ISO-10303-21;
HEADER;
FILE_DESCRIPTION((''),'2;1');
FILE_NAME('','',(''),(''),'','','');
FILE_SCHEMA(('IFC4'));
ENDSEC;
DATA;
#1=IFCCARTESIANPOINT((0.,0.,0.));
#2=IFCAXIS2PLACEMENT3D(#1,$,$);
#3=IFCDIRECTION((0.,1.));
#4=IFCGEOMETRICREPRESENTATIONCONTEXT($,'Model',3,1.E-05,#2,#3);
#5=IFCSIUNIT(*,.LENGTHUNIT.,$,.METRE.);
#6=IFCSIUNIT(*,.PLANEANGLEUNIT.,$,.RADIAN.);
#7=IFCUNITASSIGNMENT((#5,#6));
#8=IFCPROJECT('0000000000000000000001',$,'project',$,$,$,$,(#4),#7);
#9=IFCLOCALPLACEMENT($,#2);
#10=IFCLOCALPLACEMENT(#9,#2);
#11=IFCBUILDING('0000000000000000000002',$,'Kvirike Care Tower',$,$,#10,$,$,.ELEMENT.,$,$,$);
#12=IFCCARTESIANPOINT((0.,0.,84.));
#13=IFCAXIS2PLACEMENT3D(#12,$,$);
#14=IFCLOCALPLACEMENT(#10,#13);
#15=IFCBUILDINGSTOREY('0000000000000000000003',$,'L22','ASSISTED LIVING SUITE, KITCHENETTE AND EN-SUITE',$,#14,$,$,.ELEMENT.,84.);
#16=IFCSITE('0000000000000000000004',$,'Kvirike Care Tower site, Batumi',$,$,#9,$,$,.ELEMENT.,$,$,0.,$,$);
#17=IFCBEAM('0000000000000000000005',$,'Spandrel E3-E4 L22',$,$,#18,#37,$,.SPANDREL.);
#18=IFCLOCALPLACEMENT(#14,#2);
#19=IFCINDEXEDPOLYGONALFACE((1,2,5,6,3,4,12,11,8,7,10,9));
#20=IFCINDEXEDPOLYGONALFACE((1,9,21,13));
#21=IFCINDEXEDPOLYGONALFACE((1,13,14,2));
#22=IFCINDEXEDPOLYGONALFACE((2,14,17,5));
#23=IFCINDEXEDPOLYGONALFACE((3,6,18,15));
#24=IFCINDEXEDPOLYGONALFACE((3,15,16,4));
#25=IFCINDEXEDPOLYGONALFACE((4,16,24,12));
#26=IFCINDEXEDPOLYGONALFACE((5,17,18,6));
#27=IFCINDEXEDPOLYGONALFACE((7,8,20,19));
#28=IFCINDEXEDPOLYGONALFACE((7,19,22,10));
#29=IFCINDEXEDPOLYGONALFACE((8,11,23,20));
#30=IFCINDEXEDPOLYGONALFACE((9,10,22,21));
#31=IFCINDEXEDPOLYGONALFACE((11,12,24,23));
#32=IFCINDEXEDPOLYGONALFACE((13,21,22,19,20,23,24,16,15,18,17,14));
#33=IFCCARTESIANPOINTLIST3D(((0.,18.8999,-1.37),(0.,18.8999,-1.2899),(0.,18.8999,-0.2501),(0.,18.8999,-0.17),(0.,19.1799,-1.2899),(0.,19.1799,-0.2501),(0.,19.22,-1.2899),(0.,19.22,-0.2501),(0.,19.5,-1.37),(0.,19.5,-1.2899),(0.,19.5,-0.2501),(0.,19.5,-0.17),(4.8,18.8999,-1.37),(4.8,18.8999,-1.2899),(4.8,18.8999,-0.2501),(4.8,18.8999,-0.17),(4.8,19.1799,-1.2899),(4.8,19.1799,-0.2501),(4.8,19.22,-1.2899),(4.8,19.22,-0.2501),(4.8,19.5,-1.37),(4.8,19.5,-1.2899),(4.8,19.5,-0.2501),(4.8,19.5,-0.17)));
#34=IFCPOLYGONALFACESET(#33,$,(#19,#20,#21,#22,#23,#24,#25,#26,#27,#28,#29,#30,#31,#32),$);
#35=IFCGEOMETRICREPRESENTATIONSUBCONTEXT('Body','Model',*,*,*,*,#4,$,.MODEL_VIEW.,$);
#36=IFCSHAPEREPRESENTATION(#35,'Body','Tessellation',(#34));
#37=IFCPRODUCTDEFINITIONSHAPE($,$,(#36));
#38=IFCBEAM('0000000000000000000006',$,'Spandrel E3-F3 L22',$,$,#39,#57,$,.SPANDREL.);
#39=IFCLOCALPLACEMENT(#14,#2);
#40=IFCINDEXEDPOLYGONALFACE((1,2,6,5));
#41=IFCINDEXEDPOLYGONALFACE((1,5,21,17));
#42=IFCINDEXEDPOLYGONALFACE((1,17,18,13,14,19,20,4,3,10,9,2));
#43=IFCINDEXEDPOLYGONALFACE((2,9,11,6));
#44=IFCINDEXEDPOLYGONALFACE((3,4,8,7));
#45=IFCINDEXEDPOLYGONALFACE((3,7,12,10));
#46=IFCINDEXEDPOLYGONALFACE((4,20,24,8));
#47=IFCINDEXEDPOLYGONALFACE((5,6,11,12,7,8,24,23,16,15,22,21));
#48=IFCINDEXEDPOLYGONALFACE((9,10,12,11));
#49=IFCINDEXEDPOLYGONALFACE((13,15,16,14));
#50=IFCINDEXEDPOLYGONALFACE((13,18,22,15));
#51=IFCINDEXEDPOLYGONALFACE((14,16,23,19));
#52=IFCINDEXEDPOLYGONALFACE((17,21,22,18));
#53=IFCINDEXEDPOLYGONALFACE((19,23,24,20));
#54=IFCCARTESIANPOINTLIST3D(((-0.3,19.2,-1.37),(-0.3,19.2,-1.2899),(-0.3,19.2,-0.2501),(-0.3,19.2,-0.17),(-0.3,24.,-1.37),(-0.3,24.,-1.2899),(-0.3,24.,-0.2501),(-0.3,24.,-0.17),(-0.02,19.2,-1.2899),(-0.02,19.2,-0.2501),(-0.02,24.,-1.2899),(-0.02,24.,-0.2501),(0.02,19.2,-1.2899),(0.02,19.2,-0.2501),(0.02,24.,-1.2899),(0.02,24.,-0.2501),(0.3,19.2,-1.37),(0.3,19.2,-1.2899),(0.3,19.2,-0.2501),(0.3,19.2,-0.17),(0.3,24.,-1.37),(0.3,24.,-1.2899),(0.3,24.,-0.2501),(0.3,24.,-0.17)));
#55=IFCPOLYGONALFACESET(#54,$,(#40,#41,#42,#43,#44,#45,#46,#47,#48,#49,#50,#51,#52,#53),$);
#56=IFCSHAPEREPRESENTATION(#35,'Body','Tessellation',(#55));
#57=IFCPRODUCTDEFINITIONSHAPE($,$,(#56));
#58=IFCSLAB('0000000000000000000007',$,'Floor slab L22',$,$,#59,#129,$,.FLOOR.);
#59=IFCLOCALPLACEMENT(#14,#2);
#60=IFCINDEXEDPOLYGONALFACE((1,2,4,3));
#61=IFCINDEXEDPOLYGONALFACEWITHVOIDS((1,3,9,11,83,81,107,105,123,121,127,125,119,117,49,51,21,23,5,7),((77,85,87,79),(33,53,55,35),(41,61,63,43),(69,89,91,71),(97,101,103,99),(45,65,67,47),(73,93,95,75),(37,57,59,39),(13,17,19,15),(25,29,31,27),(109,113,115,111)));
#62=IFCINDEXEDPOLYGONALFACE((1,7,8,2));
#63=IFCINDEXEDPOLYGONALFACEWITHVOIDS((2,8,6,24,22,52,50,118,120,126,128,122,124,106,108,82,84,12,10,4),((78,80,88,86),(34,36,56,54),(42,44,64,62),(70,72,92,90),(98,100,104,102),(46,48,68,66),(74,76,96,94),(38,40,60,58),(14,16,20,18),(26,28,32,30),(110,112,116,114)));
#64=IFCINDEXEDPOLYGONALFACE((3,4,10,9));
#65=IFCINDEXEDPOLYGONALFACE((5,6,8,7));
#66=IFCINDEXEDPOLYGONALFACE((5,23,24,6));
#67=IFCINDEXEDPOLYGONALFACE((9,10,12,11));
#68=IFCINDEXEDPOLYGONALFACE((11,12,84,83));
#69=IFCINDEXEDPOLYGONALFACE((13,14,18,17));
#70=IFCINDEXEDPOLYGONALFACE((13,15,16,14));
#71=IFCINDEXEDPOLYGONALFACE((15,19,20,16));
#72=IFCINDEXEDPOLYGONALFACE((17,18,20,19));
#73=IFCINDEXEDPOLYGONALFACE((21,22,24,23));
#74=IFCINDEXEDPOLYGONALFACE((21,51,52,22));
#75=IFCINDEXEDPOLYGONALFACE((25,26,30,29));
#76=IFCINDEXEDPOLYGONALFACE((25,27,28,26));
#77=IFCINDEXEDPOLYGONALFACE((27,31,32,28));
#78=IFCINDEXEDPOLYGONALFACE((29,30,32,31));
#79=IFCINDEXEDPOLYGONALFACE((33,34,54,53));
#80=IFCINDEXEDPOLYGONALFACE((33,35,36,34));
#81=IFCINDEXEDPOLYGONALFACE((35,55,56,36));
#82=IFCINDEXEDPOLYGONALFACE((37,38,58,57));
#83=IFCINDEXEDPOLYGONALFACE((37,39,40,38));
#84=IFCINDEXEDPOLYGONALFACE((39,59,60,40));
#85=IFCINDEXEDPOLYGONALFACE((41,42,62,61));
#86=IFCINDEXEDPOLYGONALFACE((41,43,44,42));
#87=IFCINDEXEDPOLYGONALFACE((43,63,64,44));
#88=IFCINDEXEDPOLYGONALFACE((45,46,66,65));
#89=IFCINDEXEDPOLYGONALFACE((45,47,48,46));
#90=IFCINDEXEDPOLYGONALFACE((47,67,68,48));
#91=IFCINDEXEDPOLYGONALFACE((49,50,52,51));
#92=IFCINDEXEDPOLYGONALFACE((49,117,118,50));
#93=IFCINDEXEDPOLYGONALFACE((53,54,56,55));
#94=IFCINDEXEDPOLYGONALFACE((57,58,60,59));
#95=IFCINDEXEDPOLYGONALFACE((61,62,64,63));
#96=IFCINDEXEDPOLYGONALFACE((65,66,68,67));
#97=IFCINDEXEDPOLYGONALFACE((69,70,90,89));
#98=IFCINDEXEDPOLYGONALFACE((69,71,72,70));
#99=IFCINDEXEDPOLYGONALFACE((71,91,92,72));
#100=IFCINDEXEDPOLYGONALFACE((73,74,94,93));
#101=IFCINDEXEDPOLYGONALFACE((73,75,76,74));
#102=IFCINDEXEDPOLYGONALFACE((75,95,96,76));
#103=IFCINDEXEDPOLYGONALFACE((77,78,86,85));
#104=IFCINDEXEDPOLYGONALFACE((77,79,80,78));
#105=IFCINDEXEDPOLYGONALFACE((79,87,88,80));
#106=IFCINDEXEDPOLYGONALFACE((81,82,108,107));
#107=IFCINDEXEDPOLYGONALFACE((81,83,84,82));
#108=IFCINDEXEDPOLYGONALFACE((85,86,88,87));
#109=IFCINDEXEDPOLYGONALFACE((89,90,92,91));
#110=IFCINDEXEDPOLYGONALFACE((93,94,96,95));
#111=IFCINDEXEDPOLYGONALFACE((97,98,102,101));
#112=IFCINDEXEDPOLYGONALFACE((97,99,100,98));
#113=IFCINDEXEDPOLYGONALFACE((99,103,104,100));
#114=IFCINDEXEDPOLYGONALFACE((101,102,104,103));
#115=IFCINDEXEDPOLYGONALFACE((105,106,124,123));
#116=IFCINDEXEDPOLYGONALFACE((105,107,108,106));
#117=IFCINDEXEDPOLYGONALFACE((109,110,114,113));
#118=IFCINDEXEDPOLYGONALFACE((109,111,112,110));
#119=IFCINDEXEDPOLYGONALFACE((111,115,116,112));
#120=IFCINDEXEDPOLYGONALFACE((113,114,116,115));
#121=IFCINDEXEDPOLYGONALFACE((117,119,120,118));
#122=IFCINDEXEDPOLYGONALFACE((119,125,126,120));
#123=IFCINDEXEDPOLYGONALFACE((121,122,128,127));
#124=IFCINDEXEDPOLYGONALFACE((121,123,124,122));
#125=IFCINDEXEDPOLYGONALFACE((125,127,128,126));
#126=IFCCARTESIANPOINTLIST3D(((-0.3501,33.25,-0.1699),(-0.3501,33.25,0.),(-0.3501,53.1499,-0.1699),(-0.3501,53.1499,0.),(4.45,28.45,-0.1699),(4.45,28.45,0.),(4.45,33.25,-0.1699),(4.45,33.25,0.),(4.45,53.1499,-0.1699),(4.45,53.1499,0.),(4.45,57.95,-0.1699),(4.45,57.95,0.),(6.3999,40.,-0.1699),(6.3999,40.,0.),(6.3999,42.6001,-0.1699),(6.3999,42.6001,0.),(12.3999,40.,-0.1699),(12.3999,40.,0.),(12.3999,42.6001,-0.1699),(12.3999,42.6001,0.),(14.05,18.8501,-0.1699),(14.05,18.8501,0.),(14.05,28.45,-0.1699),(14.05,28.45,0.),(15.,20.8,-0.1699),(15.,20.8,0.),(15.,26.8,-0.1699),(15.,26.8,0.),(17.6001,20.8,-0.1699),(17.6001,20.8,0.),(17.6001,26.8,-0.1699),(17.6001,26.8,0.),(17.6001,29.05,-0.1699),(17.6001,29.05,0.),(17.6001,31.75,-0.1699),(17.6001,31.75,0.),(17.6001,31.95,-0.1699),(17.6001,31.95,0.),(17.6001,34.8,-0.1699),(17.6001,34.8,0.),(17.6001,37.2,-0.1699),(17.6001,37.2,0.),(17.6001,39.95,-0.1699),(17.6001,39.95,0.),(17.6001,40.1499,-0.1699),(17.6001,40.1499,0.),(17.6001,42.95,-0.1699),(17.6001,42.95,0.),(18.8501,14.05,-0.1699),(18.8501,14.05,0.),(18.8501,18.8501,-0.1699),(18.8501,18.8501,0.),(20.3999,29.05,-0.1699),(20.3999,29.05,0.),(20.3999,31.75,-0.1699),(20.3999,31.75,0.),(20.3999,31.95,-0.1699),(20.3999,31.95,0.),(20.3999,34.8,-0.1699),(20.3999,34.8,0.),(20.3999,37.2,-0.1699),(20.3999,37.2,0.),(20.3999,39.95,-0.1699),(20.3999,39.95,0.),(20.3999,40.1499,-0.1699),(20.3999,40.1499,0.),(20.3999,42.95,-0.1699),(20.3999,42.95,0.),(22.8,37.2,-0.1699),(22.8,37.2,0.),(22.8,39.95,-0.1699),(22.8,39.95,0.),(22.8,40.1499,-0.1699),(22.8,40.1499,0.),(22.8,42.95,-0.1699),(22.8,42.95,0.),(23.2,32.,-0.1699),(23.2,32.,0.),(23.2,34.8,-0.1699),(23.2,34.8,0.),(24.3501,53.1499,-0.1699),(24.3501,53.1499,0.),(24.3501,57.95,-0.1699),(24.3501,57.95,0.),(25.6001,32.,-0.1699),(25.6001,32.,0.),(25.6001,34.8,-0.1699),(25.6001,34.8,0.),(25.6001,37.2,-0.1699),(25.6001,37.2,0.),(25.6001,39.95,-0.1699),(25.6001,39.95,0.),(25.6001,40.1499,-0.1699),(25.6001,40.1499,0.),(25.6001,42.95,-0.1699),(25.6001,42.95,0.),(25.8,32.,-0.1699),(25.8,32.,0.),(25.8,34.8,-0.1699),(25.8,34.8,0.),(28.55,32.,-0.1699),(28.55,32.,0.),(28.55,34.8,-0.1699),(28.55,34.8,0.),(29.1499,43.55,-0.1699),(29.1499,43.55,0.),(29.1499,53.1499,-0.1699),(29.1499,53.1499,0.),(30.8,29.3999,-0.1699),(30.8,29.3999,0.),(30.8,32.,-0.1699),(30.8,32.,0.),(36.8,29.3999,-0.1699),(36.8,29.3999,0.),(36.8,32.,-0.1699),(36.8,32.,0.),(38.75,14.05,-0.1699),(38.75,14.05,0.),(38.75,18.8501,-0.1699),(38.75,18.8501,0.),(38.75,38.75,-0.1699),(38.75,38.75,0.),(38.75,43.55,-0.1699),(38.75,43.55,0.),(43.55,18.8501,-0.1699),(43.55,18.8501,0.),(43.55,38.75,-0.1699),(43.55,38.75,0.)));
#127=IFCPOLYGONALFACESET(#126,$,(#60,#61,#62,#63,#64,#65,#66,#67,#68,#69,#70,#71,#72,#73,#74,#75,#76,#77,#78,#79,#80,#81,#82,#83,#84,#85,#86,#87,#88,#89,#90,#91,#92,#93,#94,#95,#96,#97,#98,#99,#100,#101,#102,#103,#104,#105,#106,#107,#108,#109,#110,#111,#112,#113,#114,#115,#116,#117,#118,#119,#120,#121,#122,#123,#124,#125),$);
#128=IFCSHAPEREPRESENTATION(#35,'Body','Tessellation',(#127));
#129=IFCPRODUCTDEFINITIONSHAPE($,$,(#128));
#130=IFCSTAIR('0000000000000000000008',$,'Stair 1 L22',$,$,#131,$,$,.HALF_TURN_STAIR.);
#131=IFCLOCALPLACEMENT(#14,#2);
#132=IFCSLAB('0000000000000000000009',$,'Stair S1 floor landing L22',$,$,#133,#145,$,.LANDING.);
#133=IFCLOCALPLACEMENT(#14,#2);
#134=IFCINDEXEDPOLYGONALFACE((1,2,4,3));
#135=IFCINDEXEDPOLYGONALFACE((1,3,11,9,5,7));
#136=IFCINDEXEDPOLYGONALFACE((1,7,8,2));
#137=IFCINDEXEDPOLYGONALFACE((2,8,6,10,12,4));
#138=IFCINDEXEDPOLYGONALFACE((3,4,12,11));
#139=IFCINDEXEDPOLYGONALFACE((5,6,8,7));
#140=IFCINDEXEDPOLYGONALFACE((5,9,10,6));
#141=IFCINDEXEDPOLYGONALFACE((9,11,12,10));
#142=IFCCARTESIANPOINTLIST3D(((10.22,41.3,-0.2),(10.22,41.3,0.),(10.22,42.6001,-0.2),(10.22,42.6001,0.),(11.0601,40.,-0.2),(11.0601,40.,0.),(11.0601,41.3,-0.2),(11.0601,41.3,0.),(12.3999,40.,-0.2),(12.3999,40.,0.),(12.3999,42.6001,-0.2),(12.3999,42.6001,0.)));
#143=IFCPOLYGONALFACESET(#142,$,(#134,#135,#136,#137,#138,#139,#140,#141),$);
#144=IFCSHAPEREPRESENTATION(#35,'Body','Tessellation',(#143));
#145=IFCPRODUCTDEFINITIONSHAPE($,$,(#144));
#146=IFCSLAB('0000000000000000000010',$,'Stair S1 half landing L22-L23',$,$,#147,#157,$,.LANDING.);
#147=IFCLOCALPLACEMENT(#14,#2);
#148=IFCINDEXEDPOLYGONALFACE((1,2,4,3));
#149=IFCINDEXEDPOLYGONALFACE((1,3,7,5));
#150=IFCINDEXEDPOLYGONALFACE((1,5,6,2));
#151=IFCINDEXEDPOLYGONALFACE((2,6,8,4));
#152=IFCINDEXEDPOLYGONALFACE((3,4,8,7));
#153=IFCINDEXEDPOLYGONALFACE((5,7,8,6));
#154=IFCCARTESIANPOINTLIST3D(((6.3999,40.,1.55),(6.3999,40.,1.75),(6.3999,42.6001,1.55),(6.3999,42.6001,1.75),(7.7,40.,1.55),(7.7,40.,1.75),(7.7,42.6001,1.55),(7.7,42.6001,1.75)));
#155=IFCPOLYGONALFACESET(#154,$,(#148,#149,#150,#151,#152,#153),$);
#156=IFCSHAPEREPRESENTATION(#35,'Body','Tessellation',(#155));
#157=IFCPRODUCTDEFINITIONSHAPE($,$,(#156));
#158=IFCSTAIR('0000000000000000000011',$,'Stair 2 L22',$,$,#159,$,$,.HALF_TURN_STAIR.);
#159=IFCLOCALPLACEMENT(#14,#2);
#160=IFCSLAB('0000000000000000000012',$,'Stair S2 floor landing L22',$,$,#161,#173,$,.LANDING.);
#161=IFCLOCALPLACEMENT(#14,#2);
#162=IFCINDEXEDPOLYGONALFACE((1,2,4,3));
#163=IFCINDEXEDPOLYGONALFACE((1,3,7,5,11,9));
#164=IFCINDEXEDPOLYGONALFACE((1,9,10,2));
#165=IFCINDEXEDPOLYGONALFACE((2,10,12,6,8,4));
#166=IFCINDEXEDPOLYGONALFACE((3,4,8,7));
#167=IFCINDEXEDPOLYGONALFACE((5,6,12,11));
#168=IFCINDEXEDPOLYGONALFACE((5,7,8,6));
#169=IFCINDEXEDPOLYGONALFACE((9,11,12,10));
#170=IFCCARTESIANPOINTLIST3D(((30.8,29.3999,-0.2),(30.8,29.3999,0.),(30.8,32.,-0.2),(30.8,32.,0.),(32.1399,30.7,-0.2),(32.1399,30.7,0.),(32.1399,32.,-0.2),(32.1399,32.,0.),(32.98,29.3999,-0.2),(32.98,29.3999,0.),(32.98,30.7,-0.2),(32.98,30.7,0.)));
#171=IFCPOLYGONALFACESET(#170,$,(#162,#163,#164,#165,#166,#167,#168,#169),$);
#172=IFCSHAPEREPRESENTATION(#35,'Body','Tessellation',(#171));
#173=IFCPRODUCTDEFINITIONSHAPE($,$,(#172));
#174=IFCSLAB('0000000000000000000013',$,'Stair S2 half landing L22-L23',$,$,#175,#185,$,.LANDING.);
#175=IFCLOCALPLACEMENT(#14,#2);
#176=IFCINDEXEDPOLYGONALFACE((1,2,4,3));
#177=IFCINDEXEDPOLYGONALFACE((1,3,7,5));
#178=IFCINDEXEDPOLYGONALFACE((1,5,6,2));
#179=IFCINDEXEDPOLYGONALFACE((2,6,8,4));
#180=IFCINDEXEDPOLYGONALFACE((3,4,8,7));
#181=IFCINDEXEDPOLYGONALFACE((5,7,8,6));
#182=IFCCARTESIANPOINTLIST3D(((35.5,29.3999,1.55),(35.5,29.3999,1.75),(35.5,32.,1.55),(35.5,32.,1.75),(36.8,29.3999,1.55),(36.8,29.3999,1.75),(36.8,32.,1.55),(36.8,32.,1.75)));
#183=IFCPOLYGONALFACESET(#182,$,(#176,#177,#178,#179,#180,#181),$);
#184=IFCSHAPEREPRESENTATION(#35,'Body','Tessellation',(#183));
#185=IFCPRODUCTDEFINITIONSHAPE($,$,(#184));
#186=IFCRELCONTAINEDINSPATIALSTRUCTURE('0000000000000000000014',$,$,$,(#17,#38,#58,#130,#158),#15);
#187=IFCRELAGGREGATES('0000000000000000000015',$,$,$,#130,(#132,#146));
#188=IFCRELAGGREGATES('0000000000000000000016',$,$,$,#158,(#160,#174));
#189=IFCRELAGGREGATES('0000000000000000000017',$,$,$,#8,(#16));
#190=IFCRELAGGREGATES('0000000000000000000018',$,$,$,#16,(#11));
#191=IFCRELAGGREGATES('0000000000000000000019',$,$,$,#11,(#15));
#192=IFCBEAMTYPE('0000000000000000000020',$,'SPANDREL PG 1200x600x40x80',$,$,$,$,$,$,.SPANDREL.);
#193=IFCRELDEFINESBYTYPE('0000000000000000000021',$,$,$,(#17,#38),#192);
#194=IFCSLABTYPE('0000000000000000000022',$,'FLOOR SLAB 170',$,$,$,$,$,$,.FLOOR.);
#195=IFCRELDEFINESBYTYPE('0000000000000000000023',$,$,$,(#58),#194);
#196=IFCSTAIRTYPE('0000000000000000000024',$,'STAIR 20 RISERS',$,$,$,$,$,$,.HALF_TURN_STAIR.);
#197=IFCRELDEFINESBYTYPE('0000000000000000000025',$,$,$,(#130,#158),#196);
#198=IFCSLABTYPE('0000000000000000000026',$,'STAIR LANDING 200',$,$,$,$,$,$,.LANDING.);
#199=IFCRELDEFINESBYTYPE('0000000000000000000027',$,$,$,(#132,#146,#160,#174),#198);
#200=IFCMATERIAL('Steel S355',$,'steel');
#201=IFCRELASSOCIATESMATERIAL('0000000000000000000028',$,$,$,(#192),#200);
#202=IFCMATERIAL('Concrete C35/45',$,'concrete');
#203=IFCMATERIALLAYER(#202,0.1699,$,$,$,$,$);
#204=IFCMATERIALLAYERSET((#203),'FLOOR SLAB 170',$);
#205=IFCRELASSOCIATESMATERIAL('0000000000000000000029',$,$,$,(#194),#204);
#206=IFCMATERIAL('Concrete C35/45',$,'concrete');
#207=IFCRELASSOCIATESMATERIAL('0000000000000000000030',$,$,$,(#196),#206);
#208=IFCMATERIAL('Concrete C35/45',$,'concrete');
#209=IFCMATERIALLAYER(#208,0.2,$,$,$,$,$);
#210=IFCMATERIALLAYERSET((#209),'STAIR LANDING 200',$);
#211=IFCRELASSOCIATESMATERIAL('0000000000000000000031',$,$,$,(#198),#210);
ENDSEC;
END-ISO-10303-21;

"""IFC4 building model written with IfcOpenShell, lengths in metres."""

from ifc_helpers import new_model, si_unit, direction, frame, origin, origin_2d, place, context, subcontext, project, spatial, polyline, i_section, outline, extrude, material, layer, layer_set, material_profile, profile_set, type_object, element, aggregate, save


model = new_model("IFC4")

# Units and contexts
model_context = context("Model", 3, precision=1e-05, world=origin(), true_north=direction((0.0, 1.0)))
body_context = subcontext(model_context, "Body", "Model", "MODEL_VIEW")
ifc_project = project(units=[si_unit("LENGTHUNIT", "METRE"), si_unit("PLANEANGLEUNIT", "RADIAN")], contexts=[model_context])

# Site, building, storey
site_placement = place(None, origin())
site = spatial("IfcSite", under=ifc_project, at=site_placement, Name="Kvirike Care Tower site, Batumi", CompositionType="ELEMENT", RefElevation=0.0)
building_placement = place(site_placement, origin())
building = spatial("IfcBuilding", under=site, at=building_placement, Name="Kvirike Care Tower", CompositionType="ELEMENT")
storey_placement = place(building_placement, frame((0.0, 0.0, 84.0)))
storey = spatial("IfcBuildingStorey", under=building, at=storey_placement, Name="L22", Description="ASSISTED LIVING SUITE, KITCHENETTE AND EN-SUITE", CompositionType="ELEMENT", Elevation=84.0)

# Beams
ifc_material_1 = material(Name="Steel S355", Category="steel")
ifc_material_profile = material_profile(ifc_material_1, i_section(OverallWidth=0.6001, OverallDepth=1.2, WebThickness=0.04, FlangeThickness=0.0801, at=origin_2d()), Name="PG 1200x600x40x80")
ifc_profile_set = profile_set([ifc_material_profile], Name="Steel S355")
beam_type = type_object("IfcBeamType", Name="SPANDREL PG 1200x600x40x80", PredefinedType="SPANDREL", material=ifc_profile_set)
for number, where, z_axis, x_axis, name in (
    (1, (0.0, 19.2, -0.77), (1.0, 0.0, 0.0), (0.0, 1.0, 0.0), "Spandrel E3-E4 L22"),
    (2, (0.0, 19.2, -0.77), (0.0, 1.0, 0.0), (-1.0, 0.0, 0.0), "Spandrel E3-F3 L22"),
):
    element("IfcBeam", number, at=place(storey_placement, frame(where, z_axis=z_axis, x_axis=x_axis)), inside=storey, type_object=beam_type, Name=name, PredefinedType="SPANDREL", context=body_context, shape_type="SweptSolid", body=[
        extrude(i_section(OverallWidth=0.6001, OverallDepth=1.2, WebThickness=0.04, FlangeThickness=0.0801, at=origin_2d()), origin(), (0.0, 0.0, 1.0), 4.8),
    ])

# Slab
ifc_material_2 = material(Name="Concrete C35/45", Category="concrete")
ifc_layer_1 = layer(ifc_material_2, 0.1699)
ifc_layer_set_1 = layer_set([ifc_layer_1], Name="FLOOR SLAB 170")
slab_type_1 = type_object("IfcSlabType", Name="FLOOR SLAB 170", PredefinedType="FLOOR", material=ifc_layer_set_1)
slab_1_placement = place(storey_placement, frame((0.0, 0.0, -0.1699)))
element("IfcSlab", 3, at=slab_1_placement, inside=storey, type_object=slab_type_1, Name="Floor slab L22", PredefinedType="FLOOR", context=body_context, shape_type="SweptSolid", body=[
    extrude(outline(polyline([(43.55, 18.8501), (43.55, 38.75), (38.75, 38.75), (38.75, 43.55), (29.1499, 43.55), (29.1499, 53.1499), (24.3501, 53.1499), (24.3501, 57.95), (4.45, 57.95), (4.45, 53.1499), (-0.3501, 53.1499), (-0.3501, 33.25), (4.45, 33.25), (4.45, 28.45), (14.05, 28.45), (14.05, 18.8501), (18.8501, 18.8501), (18.8501, 14.05), (38.75, 14.05), (38.75, 18.8501), (43.55, 18.8501)]), holes=[polyline([(17.6001, 29.05), (17.6001, 31.75), (20.3999, 31.75), (20.3999, 29.05), (17.6001, 29.05)]), polyline([(17.6001, 31.95), (17.6001, 34.8), (20.3999, 34.8), (20.3999, 31.95), (17.6001, 31.95)]), polyline([(17.6001, 37.2), (17.6001, 39.95), (20.3999, 39.95), (20.3999, 37.2), (17.6001, 37.2)]), polyline([(17.6001, 40.1499), (17.6001, 42.95), (20.3999, 42.95), (20.3999, 40.1499), (17.6001, 40.1499)]), polyline([(22.8, 37.2), (22.8, 39.95), (25.6001, 39.95), (25.6001, 37.2), (22.8, 37.2)]), polyline([(22.8, 40.1499), (22.8, 42.95), (25.6001, 42.95), (25.6001, 40.1499), (22.8, 40.1499)]), polyline([(23.2, 32.0), (23.2, 34.8), (25.6001, 34.8), (25.6001, 32.0), (23.2, 32.0)]), polyline([(25.8, 32.0), (25.8, 34.8), (28.55, 34.8), (28.55, 32.0), (25.8, 32.0)]), polyline([(12.3999, 42.6001), (12.3999, 40.0), (6.3999, 40.0), (6.3999, 42.6001), (12.3999, 42.6001)]), polyline([(30.8, 29.3999), (30.8, 32.0), (36.8, 32.0), (36.8, 29.3999), (30.8, 29.3999)]), polyline([(15.0, 26.8), (17.6001, 26.8), (17.6001, 20.8), (15.0, 20.8), (15.0, 26.8)])]), origin(), (0.0, 0.0, 1.0), 0.1699),
])

# Stairs, slabs
ifc_material_3 = material(Name="Concrete C35/45", Category="concrete")
stair_type = type_object("IfcStairType", Name="STAIR 20 RISERS", PredefinedType="HALF_TURN_STAIR", material=ifc_material_3)
stair_1_placement = place(storey_placement, origin())
stair_1 = element("IfcStair", 4, at=stair_1_placement, inside=storey, type_object=stair_type, Name="Stair 1 L22", PredefinedType="HALF_TURN_STAIR")
ifc_material_4 = material(Name="Concrete C35/45", Category="concrete")
ifc_layer_2 = layer(ifc_material_4, 0.2)
ifc_layer_set_2 = layer_set([ifc_layer_2], Name="STAIR LANDING 200")
slab_type_2 = type_object("IfcSlabType", Name="STAIR LANDING 200", PredefinedType="LANDING", material=ifc_layer_set_2)
slab_2_placement = place(storey_placement, frame((0.0, 0.0, -0.2)))
slab_2 = element("IfcSlab", 5, at=slab_2_placement, type_object=slab_type_2, Name="Stair S1 floor landing L22", PredefinedType="LANDING", context=body_context, shape_type="SweptSolid", body=[
    extrude(outline(polyline([(10.22, 42.6001), (10.22, 41.3), (11.0601, 41.3), (11.0601, 40.0), (12.3999, 40.0), (12.3999, 42.6001), (10.22, 42.6001)])), origin(), (0.0, 0.0, 1.0), 0.2),
])
slab_3_placement = place(storey_placement, frame((0.0, 0.0, 1.55)))
slab_3 = element("IfcSlab", 6, at=slab_3_placement, type_object=slab_type_2, Name="Stair S1 half landing L22-L23", PredefinedType="LANDING", context=body_context, shape_type="SweptSolid", body=[
    extrude(outline(polyline([(6.3999, 42.6001), (6.3999, 40.0), (7.7, 40.0), (7.7, 42.6001), (6.3999, 42.6001)])), origin(), (0.0, 0.0, 1.0), 0.2),
])
aggregate(stair_1, [slab_2, slab_3])
stair_2_placement = place(storey_placement, origin())
stair_2 = element("IfcStair", 7, at=stair_2_placement, inside=storey, type_object=stair_type, Name="Stair 2 L22", PredefinedType="HALF_TURN_STAIR")
slab_4_placement = place(storey_placement, frame((0.0, 0.0, -0.2)))
slab_4 = element("IfcSlab", 8, at=slab_4_placement, type_object=slab_type_2, Name="Stair S2 floor landing L22", PredefinedType="LANDING", context=body_context, shape_type="SweptSolid", body=[
    extrude(outline(polyline([(32.98, 29.3999), (32.98, 30.7), (32.1399, 30.7), (32.1399, 32.0), (30.8, 32.0), (30.8, 29.3999), (32.98, 29.3999)])), origin(), (0.0, 0.0, 1.0), 0.2),
])
slab_5_placement = place(storey_placement, frame((0.0, 0.0, 1.55)))
slab_5 = element("IfcSlab", 9, at=slab_5_placement, type_object=slab_type_2, Name="Stair S2 half landing L22-L23", PredefinedType="LANDING", context=body_context, shape_type="SweptSolid", body=[
    extrude(outline(polyline([(36.8, 29.3999), (36.8, 32.0), (35.5, 32.0), (35.5, 29.3999), (36.8, 29.3999)])), origin(), (0.0, 0.0, 1.0), 0.2),
])
aggregate(stair_2, [slab_4, slab_5])

save(model, "model.ifc")
